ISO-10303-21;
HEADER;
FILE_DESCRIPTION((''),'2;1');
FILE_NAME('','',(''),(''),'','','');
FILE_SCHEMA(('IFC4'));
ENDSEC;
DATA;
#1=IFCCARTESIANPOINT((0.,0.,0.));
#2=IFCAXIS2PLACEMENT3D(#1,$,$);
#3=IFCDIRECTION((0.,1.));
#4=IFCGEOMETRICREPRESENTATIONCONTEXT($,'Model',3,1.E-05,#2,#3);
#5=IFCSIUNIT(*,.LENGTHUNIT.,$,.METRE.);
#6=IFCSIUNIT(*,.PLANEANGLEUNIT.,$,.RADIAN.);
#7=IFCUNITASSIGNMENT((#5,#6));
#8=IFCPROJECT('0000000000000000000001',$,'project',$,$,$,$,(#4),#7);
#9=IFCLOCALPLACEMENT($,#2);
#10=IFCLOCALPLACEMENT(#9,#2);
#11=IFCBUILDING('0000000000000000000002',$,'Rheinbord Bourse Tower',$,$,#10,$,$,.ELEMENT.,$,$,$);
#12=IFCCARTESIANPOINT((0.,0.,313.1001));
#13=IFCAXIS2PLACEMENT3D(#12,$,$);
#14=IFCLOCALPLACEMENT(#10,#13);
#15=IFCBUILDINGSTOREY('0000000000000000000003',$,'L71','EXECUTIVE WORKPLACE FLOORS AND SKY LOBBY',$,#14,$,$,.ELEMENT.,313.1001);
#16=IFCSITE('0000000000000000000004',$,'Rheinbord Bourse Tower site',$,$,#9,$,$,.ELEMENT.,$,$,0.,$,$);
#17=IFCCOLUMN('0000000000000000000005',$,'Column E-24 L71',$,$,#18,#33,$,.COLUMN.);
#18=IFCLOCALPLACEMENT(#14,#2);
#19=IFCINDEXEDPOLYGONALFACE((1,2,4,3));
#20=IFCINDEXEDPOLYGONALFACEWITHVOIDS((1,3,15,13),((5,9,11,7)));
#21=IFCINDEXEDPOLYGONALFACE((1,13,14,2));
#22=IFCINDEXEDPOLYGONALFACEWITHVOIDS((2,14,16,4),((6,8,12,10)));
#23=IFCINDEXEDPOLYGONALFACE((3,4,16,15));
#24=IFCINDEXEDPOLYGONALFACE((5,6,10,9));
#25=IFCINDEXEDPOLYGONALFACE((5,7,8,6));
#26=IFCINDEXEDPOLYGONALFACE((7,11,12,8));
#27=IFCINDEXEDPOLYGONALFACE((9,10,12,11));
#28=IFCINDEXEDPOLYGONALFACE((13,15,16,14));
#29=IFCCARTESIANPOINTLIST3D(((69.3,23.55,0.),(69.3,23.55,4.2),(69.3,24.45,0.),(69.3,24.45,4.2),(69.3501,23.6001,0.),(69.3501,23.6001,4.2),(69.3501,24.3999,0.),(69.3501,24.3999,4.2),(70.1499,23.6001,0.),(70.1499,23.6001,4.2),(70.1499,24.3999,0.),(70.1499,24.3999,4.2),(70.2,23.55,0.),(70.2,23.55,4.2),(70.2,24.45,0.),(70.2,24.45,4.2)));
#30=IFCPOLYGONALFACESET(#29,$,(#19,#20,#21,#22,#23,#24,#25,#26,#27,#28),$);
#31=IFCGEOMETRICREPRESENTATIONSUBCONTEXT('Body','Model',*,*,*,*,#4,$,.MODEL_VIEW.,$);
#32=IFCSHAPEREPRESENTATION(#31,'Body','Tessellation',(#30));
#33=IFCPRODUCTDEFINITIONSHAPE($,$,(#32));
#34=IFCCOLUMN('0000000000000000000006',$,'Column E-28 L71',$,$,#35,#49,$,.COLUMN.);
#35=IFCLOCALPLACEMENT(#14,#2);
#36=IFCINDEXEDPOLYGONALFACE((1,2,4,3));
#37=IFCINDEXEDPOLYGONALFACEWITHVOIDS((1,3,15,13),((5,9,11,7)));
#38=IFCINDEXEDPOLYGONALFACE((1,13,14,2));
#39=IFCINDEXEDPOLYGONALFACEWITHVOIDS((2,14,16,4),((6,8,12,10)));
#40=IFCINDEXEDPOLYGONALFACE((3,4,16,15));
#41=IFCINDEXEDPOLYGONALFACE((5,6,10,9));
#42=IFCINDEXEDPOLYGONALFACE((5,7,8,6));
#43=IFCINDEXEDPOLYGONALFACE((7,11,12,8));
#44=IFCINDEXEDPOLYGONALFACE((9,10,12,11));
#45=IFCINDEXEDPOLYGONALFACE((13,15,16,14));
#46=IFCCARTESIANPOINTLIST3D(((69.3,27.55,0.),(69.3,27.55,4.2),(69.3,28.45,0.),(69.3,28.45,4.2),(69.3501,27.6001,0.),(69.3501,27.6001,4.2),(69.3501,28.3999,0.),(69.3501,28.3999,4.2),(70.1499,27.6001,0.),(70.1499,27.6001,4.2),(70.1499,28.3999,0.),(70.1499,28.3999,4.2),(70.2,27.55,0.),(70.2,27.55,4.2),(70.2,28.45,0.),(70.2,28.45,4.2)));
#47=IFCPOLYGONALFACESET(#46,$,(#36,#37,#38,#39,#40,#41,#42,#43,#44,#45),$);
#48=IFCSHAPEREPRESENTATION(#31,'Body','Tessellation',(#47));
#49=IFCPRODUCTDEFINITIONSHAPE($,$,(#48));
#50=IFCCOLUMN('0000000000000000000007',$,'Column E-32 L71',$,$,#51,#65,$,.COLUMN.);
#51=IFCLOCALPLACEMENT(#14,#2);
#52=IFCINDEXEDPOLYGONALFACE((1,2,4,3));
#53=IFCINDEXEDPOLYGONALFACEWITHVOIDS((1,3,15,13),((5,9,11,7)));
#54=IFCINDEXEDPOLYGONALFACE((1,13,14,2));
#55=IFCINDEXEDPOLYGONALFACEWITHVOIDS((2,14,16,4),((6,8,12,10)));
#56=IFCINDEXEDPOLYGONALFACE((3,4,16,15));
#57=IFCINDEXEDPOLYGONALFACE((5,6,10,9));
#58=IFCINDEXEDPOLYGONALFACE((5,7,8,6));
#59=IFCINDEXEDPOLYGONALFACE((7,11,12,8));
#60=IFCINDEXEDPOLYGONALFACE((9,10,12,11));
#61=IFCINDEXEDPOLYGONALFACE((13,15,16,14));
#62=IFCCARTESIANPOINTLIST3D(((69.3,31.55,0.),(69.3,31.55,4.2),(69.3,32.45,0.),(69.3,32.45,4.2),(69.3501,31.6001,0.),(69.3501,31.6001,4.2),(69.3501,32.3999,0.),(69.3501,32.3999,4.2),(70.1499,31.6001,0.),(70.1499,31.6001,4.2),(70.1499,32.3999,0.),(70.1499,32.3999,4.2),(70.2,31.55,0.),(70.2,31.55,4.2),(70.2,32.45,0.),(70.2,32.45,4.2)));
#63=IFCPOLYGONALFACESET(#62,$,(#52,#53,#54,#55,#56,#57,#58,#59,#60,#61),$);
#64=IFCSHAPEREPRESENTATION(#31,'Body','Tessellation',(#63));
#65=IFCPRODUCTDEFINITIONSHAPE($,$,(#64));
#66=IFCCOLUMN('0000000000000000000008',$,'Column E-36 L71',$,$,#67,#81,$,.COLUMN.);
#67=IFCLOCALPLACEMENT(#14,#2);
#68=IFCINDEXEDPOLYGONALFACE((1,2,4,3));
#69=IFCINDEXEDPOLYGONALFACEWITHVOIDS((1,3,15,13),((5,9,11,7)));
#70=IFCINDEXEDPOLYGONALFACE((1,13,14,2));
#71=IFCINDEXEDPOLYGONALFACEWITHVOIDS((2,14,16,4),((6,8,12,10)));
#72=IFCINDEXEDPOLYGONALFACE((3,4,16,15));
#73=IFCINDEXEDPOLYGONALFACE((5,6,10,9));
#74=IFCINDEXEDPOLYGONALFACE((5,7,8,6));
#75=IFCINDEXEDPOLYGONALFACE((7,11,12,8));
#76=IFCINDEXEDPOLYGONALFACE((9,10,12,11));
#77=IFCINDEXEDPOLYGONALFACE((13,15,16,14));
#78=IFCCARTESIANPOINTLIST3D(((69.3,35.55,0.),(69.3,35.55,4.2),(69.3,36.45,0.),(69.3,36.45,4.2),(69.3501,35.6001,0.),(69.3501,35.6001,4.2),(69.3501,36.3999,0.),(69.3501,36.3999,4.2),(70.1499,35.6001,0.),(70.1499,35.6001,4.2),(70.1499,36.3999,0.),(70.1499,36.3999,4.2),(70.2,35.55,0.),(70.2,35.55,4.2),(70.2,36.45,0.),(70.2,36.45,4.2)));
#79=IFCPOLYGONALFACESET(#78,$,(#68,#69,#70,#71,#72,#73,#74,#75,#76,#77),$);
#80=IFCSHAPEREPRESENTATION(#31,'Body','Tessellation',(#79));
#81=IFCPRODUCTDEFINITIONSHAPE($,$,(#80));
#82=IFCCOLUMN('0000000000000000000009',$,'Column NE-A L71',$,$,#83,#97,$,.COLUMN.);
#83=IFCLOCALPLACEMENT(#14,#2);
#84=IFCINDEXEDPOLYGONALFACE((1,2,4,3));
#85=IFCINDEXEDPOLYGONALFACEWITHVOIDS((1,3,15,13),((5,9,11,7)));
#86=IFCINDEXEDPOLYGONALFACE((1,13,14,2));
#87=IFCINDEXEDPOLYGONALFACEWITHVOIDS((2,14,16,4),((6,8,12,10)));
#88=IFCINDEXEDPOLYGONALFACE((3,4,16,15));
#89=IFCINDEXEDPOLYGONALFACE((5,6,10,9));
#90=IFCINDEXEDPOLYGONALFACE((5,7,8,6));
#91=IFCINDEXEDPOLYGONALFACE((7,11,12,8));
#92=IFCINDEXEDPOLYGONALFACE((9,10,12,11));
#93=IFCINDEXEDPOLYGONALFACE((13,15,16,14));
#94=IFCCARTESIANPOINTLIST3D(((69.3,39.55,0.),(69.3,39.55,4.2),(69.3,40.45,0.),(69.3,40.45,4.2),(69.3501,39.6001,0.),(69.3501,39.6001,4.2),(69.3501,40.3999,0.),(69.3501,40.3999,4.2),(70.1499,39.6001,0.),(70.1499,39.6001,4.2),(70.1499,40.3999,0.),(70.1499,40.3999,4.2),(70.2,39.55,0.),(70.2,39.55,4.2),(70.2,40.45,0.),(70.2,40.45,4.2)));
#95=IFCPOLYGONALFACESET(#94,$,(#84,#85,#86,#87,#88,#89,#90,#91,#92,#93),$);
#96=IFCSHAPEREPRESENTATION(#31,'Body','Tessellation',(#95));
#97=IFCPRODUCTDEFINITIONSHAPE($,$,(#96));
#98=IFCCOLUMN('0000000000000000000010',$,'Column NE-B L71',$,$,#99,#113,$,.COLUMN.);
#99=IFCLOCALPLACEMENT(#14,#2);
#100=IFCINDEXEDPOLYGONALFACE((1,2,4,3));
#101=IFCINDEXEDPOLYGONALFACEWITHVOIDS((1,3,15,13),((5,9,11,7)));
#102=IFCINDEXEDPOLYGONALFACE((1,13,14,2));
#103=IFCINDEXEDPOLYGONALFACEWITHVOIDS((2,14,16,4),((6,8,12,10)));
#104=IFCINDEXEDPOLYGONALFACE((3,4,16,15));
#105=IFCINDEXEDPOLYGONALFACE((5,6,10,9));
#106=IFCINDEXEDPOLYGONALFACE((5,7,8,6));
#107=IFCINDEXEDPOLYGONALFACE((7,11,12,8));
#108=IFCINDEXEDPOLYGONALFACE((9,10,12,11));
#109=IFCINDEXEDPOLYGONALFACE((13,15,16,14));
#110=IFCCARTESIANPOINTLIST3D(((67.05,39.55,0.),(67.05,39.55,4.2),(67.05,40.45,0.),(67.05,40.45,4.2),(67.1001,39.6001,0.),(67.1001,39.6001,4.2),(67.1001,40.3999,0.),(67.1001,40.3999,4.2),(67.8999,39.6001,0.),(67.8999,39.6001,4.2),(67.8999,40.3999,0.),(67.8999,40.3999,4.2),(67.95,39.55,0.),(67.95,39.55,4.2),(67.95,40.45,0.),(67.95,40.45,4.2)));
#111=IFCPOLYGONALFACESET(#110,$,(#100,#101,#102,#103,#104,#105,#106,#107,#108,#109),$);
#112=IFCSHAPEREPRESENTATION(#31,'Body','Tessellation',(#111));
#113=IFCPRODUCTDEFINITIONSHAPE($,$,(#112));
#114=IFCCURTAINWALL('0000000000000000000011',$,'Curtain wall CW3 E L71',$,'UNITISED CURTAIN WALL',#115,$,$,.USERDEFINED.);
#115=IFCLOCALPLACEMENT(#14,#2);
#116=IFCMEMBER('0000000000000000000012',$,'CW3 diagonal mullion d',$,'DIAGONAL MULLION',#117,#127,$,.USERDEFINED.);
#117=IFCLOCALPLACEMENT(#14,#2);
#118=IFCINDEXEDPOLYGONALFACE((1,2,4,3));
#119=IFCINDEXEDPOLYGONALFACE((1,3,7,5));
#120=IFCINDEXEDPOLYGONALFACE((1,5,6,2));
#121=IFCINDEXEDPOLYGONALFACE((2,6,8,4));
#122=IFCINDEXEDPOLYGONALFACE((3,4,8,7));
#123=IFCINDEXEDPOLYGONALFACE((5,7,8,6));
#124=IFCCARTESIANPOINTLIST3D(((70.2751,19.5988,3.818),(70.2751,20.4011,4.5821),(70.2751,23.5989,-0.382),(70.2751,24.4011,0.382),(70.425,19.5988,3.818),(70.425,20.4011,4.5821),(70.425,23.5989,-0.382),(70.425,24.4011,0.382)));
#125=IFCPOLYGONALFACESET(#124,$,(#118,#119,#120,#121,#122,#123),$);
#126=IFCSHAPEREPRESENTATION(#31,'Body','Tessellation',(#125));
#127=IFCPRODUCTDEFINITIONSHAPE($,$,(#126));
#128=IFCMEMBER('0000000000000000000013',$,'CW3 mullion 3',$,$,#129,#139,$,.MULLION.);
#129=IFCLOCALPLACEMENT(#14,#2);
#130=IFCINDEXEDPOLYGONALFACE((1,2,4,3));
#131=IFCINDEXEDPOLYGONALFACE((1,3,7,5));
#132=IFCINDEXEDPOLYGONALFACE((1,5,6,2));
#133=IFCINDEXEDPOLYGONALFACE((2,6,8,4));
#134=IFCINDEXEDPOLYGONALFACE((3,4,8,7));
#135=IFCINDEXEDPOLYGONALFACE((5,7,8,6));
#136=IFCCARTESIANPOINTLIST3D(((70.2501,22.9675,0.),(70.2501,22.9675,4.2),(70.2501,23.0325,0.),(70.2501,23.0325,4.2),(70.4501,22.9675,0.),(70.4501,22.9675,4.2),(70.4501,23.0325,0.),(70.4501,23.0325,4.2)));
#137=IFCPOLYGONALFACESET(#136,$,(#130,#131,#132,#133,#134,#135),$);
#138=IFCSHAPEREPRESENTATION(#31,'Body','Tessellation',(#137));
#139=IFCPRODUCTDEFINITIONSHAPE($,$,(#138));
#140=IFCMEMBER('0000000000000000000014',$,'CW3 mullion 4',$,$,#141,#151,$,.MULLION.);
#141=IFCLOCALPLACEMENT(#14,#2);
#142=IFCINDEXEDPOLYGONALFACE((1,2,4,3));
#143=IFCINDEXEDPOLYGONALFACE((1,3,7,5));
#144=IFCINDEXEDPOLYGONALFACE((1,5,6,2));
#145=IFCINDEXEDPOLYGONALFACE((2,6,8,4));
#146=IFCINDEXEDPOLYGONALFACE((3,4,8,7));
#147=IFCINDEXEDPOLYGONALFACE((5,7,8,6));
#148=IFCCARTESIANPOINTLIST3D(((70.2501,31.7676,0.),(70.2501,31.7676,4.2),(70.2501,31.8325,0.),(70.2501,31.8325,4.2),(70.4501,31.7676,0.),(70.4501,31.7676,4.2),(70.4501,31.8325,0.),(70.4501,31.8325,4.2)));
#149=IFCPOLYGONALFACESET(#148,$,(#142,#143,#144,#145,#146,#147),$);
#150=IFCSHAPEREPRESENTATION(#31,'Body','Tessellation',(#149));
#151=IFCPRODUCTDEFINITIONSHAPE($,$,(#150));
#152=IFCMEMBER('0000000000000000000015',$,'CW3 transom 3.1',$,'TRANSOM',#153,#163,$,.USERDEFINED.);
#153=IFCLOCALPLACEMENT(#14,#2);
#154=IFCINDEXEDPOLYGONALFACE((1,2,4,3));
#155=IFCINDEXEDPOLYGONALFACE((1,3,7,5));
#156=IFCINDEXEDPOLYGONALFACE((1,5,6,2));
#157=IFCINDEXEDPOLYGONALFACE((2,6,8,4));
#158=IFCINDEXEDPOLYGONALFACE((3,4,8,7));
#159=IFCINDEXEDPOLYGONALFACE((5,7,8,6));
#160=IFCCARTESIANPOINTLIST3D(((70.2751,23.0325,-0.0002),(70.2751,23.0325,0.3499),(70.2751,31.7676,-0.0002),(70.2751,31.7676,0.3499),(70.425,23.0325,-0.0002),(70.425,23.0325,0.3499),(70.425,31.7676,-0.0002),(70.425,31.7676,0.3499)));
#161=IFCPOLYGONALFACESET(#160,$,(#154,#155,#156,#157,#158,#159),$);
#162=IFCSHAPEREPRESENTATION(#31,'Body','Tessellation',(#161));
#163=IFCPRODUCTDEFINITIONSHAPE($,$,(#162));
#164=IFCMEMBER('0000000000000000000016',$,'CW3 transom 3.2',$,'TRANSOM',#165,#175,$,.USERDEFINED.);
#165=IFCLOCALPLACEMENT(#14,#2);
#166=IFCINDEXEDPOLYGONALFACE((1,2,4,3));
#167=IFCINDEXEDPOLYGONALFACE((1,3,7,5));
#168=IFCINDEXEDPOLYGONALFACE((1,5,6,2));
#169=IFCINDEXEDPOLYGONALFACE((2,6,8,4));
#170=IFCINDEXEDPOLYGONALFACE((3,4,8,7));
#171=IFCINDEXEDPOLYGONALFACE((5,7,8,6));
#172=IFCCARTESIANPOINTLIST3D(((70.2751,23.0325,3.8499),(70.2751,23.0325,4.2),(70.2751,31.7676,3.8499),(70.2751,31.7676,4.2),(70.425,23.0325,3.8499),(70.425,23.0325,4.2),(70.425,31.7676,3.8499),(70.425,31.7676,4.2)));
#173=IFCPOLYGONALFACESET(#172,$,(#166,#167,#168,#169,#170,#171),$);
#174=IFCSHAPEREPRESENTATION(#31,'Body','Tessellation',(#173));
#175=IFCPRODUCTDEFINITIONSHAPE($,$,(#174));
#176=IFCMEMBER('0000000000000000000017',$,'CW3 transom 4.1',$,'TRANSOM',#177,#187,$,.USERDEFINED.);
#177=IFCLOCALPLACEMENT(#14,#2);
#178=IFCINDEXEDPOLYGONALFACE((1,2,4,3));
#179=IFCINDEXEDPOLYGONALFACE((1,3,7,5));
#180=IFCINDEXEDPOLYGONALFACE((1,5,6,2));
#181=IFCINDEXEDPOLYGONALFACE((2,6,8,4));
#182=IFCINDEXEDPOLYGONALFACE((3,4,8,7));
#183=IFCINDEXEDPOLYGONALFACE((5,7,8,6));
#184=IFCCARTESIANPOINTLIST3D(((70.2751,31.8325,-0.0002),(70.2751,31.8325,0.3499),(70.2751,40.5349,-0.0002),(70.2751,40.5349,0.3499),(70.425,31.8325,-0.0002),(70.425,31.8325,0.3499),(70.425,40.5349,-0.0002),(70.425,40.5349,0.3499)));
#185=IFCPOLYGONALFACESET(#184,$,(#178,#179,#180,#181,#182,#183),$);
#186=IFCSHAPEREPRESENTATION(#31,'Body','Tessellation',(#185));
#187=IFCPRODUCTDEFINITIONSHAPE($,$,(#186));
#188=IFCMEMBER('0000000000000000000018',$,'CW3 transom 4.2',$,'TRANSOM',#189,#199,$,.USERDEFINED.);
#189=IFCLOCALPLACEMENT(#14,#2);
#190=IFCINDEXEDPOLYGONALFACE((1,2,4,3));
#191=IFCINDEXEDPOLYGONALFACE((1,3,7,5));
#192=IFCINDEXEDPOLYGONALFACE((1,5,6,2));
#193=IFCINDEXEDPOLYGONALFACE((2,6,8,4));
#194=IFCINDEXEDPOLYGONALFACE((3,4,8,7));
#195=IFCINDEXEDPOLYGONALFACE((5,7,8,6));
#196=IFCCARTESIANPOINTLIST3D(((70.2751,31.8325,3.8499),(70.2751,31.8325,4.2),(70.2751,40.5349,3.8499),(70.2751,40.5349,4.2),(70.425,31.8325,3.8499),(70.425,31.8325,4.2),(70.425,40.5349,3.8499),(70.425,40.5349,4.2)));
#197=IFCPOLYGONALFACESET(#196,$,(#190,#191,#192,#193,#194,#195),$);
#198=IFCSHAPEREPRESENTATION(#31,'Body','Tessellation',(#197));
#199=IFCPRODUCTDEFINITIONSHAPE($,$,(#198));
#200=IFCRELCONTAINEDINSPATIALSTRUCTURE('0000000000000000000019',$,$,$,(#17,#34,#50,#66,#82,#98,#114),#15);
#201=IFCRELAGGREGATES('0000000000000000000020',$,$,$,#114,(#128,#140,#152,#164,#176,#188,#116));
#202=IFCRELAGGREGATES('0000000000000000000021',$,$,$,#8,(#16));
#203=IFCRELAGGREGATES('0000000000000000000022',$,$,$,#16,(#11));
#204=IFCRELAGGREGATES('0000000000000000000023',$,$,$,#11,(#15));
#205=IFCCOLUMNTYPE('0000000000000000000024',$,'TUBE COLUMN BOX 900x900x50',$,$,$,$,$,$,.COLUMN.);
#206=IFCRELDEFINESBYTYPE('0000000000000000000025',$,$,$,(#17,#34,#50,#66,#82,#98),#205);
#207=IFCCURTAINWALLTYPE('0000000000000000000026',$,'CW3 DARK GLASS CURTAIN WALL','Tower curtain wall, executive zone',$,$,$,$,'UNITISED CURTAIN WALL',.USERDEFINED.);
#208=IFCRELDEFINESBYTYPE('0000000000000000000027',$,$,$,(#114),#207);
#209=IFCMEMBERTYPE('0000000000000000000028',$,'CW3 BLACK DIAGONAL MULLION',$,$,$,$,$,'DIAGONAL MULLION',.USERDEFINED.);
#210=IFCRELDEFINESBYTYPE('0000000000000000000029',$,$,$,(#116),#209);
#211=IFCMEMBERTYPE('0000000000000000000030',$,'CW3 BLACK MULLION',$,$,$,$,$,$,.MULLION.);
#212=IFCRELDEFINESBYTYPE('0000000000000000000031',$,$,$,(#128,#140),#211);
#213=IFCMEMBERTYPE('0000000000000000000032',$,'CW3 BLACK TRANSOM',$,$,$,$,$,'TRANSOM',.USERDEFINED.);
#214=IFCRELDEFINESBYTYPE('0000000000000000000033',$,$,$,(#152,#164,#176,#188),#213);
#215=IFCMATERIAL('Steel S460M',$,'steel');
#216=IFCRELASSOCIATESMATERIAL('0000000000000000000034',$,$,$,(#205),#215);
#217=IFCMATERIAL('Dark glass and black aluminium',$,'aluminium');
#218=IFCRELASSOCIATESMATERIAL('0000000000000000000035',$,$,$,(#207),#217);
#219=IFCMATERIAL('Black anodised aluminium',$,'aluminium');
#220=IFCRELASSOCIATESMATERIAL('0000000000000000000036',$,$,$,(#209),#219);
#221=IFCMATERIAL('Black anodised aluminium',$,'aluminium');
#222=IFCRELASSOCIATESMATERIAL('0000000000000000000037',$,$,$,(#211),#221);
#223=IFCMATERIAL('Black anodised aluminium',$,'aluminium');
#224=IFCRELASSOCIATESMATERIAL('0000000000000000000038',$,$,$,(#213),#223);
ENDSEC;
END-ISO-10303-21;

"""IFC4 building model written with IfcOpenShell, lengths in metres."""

from ifc_helpers import new_model, si_unit, direction, frame, origin, origin_2d, place, context, subcontext, project, spatial, rectangle, hollow_rectangle, extrude, material, material_profile, profile_set, type_object, element, aggregate, save


model = new_model("IFC4")

# Units and contexts
model_context = context("Model", 3, precision=1e-05, world=origin(), true_north=direction((0.0, 1.0)))
body_context = subcontext(model_context, "Body", "Model", "MODEL_VIEW")
ifc_project = project(units=[si_unit("LENGTHUNIT", "METRE"), si_unit("PLANEANGLEUNIT", "RADIAN")], contexts=[model_context])

# Site, building, storey
site_placement = place(None, origin())
site = spatial("IfcSite", under=ifc_project, at=site_placement, Name="Rheinbord Bourse Tower site", CompositionType="ELEMENT", RefElevation=0.0)
building_placement = place(site_placement, origin())
building = spatial("IfcBuilding", under=site, at=building_placement, Name="Rheinbord Bourse Tower", CompositionType="ELEMENT")
storey_placement = place(building_placement, frame((0.0, 0.0, 313.1001)))
storey = spatial("IfcBuildingStorey", under=building, at=storey_placement, Name="L71", Description="EXECUTIVE WORKPLACE FLOORS AND SKY LOBBY", CompositionType="ELEMENT", Elevation=313.1001)

# Columns
ifc_material_1 = material(Name="Steel S460M", Category="steel")
ifc_material_profile_1 = material_profile(ifc_material_1, hollow_rectangle(XDim=0.8999, YDim=0.8999, WallThickness=0.05, at=origin_2d()), Name="BOX 900x900x50")
ifc_profile_set_1 = profile_set([ifc_material_profile_1], Name="Steel S460M")
column_type = type_object("IfcColumnType", Name="TUBE COLUMN BOX 900x900x50", PredefinedType="COLUMN", material=ifc_profile_set_1)
for number, where, z_axis, x_axis, name in (
    (1, (69.75, 24.0, 0.0), (0.0, 0.0, 1.0), (1.0, 0.0, 0.0), "Column E-24 L71"),
    (2, (69.75, 28.0, 0.0), (0.0, 0.0, 1.0), (1.0, 0.0, 0.0), "Column E-28 L71"),
    (3, (69.75, 32.0, 0.0), (0.0, 0.0, 1.0), (1.0, 0.0, 0.0), "Column E-32 L71"),
    (4, (69.75, 36.0, 0.0), (0.0, 0.0, 1.0), (1.0, 0.0, 0.0), "Column E-36 L71"),
    (5, (69.75, 40.0, 0.0), (0.0, 0.0, 1.0), (1.0, 0.0, 0.0), "Column NE-A L71"),
    (6, (67.5, 40.0, 0.0), (0.0, 0.0, 1.0), (1.0, 0.0, 0.0), "Column NE-B L71"),
):
    element("IfcColumn", number, at=place(storey_placement, frame(where, z_axis=z_axis, x_axis=x_axis)), inside=storey, type_object=column_type, Name=name, PredefinedType="COLUMN", context=body_context, shape_type="SweptSolid", body=[
        extrude(hollow_rectangle(XDim=0.8999, YDim=0.8999, WallThickness=0.05, at=origin_2d()), origin(), (0.0, 0.0, 1.0), 4.2),
    ])

# Curtain wall, members
ifc_material_2 = material(Name="Dark glass and black aluminium", Category="aluminium")
curtain_wall_type = type_object("IfcCurtainWallType", Name="CW3 DARK GLASS CURTAIN WALL", Description="Tower curtain wall, executive zone", ElementType="UNITISED CURTAIN WALL", PredefinedType="USERDEFINED", material=ifc_material_2)
curtain_wall_placement = place(storey_placement, origin())
curtain_wall = element("IfcCurtainWall", 7, at=curtain_wall_placement, inside=storey, type_object=curtain_wall_type, Name="Curtain wall CW3 E L71", ObjectType="UNITISED CURTAIN WALL", PredefinedType="USERDEFINED")
ifc_material_3 = material(Name="Black anodised aluminium", Category="aluminium")
ifc_material_profile_2 = material_profile(ifc_material_3, rectangle(XDim=0.1499, YDim=1.1079, at=origin_2d()), Name="CW3 DIAGONAL MULLION 1108x150")
ifc_profile_set_2 = profile_set([ifc_material_profile_2], Name="Black anodised aluminium")
member_type_1 = type_object("IfcMemberType", Name="CW3 BLACK DIAGONAL MULLION", ElementType="DIAGONAL MULLION", PredefinedType="USERDEFINED", material=ifc_profile_set_2)
member_1_placement = place(storey_placement, frame((70.3501, 24.0, 0.0), z_axis=(0.0, -0.689659, 0.724134), x_axis=(1.0, 0.0, 0.0)))
member_1 = element("IfcMember", 8, at=member_1_placement, type_object=member_type_1, Name="CW3 diagonal mullion d", ObjectType="DIAGONAL MULLION", PredefinedType="USERDEFINED", context=body_context, shape_type="SweptSolid", body=[
    extrude(rectangle(XDim=0.1499, YDim=1.1079, at=origin_2d()), origin(), (0.0, 0.0, 1.0), 5.8),
])
ifc_material_4 = material(Name="Black anodised aluminium", Category="aluminium")
ifc_material_profile_3 = material_profile(ifc_material_4, rectangle(XDim=0.2, YDim=0.0649, at=origin_2d()), Name="CW3 MULLION 65x200")
ifc_profile_set_3 = profile_set([ifc_material_profile_3], Name="Black anodised aluminium")
member_type_2 = type_object("IfcMemberType", Name="CW3 BLACK MULLION", PredefinedType="MULLION", material=ifc_profile_set_3)
member_2_placement = place(storey_placement, frame((70.3501, 23.0, 0.0), z_axis=(0.0, 0.0, 1.0), x_axis=(-1.0, 0.0, 0.0)))
member_2 = element("IfcMember", 9, at=member_2_placement, type_object=member_type_2, Name="CW3 mullion 3", PredefinedType="MULLION", context=body_context, shape_type="SweptSolid", body=[
    extrude(rectangle(XDim=0.2, YDim=0.0649, at=origin_2d()), origin(), (0.0, 0.0, 1.0), 4.2),
])
member_3_placement = place(storey_placement, frame((70.3501, 31.8, 0.0), z_axis=(0.0, 0.0, 1.0), x_axis=(-1.0, 0.0, 0.0)))
member_3 = element("IfcMember", 10, at=member_3_placement, type_object=member_type_2, Name="CW3 mullion 4", PredefinedType="MULLION", context=body_context, shape_type="SweptSolid", body=[
    extrude(rectangle(XDim=0.2, YDim=0.0649, at=origin_2d()), origin(), (0.0, 0.0, 1.0), 4.2),
])
ifc_material_5 = material(Name="Black anodised aluminium", Category="aluminium")
ifc_material_profile_4 = material_profile(ifc_material_5, rectangle(XDim=0.1499, YDim=0.3501, at=origin_2d()), Name="CW3 TRANSOM 350x150")
ifc_profile_set_4 = profile_set([ifc_material_profile_4], Name="Black anodised aluminium")
member_type_3 = type_object("IfcMemberType", Name="CW3 BLACK TRANSOM", ElementType="TRANSOM", PredefinedType="USERDEFINED", material=ifc_profile_set_4)
member_4_placement = place(storey_placement, frame((70.3501, 23.0325, 0.1748), z_axis=(0.0, 1.0, 0.0), x_axis=(-1.0, 0.0, 0.0)))
member_4 = element("IfcMember", 11, at=member_4_placement, type_object=member_type_3, Name="CW3 transom 3.1", ObjectType="TRANSOM", PredefinedType="USERDEFINED", context=body_context, shape_type="SweptSolid", body=[
    extrude(rectangle(XDim=0.1499, YDim=0.3501, at=origin_2d()), origin(), (0.0, 0.0, 1.0), 8.7351),
])
member_5_placement = place(storey_placement, frame((70.3501, 23.0325, 4.0249), z_axis=(0.0, 1.0, 0.0), x_axis=(-1.0, 0.0, 0.0)))
member_5 = element("IfcMember", 12, at=member_5_placement, type_object=member_type_3, Name="CW3 transom 3.2", ObjectType="TRANSOM", PredefinedType="USERDEFINED", context=body_context, shape_type="SweptSolid", body=[
    extrude(rectangle(XDim=0.1499, YDim=0.3501, at=origin_2d()), origin(), (0.0, 0.0, 1.0), 8.7351),
])
member_6_placement = place(storey_placement, frame((70.3501, 31.8325, 0.1748), z_axis=(0.0, 1.0, 0.0), x_axis=(-1.0, 0.0, 0.0)))
member_6 = element("IfcMember", 13, at=member_6_placement, type_object=member_type_3, Name="CW3 transom 4.1", ObjectType="TRANSOM", PredefinedType="USERDEFINED", context=body_context, shape_type="SweptSolid", body=[
    extrude(rectangle(XDim=0.1499, YDim=0.3501, at=origin_2d()), origin(), (0.0, 0.0, 1.0), 8.7024),
])
member_7_placement = place(storey_placement, frame((70.3501, 31.8325, 4.0249), z_axis=(0.0, 1.0, 0.0), x_axis=(-1.0, 0.0, 0.0)))
member_7 = element("IfcMember", 14, at=member_7_placement, type_object=member_type_3, Name="CW3 transom 4.2", ObjectType="TRANSOM", PredefinedType="USERDEFINED", context=body_context, shape_type="SweptSolid", body=[
    extrude(rectangle(XDim=0.1499, YDim=0.3501, at=origin_2d()), origin(), (0.0, 0.0, 1.0), 8.7024),
])

aggregate(curtain_wall, [member_2, member_3, member_4, member_5, member_6, member_7, member_1])

save(model, "model.ifc")
